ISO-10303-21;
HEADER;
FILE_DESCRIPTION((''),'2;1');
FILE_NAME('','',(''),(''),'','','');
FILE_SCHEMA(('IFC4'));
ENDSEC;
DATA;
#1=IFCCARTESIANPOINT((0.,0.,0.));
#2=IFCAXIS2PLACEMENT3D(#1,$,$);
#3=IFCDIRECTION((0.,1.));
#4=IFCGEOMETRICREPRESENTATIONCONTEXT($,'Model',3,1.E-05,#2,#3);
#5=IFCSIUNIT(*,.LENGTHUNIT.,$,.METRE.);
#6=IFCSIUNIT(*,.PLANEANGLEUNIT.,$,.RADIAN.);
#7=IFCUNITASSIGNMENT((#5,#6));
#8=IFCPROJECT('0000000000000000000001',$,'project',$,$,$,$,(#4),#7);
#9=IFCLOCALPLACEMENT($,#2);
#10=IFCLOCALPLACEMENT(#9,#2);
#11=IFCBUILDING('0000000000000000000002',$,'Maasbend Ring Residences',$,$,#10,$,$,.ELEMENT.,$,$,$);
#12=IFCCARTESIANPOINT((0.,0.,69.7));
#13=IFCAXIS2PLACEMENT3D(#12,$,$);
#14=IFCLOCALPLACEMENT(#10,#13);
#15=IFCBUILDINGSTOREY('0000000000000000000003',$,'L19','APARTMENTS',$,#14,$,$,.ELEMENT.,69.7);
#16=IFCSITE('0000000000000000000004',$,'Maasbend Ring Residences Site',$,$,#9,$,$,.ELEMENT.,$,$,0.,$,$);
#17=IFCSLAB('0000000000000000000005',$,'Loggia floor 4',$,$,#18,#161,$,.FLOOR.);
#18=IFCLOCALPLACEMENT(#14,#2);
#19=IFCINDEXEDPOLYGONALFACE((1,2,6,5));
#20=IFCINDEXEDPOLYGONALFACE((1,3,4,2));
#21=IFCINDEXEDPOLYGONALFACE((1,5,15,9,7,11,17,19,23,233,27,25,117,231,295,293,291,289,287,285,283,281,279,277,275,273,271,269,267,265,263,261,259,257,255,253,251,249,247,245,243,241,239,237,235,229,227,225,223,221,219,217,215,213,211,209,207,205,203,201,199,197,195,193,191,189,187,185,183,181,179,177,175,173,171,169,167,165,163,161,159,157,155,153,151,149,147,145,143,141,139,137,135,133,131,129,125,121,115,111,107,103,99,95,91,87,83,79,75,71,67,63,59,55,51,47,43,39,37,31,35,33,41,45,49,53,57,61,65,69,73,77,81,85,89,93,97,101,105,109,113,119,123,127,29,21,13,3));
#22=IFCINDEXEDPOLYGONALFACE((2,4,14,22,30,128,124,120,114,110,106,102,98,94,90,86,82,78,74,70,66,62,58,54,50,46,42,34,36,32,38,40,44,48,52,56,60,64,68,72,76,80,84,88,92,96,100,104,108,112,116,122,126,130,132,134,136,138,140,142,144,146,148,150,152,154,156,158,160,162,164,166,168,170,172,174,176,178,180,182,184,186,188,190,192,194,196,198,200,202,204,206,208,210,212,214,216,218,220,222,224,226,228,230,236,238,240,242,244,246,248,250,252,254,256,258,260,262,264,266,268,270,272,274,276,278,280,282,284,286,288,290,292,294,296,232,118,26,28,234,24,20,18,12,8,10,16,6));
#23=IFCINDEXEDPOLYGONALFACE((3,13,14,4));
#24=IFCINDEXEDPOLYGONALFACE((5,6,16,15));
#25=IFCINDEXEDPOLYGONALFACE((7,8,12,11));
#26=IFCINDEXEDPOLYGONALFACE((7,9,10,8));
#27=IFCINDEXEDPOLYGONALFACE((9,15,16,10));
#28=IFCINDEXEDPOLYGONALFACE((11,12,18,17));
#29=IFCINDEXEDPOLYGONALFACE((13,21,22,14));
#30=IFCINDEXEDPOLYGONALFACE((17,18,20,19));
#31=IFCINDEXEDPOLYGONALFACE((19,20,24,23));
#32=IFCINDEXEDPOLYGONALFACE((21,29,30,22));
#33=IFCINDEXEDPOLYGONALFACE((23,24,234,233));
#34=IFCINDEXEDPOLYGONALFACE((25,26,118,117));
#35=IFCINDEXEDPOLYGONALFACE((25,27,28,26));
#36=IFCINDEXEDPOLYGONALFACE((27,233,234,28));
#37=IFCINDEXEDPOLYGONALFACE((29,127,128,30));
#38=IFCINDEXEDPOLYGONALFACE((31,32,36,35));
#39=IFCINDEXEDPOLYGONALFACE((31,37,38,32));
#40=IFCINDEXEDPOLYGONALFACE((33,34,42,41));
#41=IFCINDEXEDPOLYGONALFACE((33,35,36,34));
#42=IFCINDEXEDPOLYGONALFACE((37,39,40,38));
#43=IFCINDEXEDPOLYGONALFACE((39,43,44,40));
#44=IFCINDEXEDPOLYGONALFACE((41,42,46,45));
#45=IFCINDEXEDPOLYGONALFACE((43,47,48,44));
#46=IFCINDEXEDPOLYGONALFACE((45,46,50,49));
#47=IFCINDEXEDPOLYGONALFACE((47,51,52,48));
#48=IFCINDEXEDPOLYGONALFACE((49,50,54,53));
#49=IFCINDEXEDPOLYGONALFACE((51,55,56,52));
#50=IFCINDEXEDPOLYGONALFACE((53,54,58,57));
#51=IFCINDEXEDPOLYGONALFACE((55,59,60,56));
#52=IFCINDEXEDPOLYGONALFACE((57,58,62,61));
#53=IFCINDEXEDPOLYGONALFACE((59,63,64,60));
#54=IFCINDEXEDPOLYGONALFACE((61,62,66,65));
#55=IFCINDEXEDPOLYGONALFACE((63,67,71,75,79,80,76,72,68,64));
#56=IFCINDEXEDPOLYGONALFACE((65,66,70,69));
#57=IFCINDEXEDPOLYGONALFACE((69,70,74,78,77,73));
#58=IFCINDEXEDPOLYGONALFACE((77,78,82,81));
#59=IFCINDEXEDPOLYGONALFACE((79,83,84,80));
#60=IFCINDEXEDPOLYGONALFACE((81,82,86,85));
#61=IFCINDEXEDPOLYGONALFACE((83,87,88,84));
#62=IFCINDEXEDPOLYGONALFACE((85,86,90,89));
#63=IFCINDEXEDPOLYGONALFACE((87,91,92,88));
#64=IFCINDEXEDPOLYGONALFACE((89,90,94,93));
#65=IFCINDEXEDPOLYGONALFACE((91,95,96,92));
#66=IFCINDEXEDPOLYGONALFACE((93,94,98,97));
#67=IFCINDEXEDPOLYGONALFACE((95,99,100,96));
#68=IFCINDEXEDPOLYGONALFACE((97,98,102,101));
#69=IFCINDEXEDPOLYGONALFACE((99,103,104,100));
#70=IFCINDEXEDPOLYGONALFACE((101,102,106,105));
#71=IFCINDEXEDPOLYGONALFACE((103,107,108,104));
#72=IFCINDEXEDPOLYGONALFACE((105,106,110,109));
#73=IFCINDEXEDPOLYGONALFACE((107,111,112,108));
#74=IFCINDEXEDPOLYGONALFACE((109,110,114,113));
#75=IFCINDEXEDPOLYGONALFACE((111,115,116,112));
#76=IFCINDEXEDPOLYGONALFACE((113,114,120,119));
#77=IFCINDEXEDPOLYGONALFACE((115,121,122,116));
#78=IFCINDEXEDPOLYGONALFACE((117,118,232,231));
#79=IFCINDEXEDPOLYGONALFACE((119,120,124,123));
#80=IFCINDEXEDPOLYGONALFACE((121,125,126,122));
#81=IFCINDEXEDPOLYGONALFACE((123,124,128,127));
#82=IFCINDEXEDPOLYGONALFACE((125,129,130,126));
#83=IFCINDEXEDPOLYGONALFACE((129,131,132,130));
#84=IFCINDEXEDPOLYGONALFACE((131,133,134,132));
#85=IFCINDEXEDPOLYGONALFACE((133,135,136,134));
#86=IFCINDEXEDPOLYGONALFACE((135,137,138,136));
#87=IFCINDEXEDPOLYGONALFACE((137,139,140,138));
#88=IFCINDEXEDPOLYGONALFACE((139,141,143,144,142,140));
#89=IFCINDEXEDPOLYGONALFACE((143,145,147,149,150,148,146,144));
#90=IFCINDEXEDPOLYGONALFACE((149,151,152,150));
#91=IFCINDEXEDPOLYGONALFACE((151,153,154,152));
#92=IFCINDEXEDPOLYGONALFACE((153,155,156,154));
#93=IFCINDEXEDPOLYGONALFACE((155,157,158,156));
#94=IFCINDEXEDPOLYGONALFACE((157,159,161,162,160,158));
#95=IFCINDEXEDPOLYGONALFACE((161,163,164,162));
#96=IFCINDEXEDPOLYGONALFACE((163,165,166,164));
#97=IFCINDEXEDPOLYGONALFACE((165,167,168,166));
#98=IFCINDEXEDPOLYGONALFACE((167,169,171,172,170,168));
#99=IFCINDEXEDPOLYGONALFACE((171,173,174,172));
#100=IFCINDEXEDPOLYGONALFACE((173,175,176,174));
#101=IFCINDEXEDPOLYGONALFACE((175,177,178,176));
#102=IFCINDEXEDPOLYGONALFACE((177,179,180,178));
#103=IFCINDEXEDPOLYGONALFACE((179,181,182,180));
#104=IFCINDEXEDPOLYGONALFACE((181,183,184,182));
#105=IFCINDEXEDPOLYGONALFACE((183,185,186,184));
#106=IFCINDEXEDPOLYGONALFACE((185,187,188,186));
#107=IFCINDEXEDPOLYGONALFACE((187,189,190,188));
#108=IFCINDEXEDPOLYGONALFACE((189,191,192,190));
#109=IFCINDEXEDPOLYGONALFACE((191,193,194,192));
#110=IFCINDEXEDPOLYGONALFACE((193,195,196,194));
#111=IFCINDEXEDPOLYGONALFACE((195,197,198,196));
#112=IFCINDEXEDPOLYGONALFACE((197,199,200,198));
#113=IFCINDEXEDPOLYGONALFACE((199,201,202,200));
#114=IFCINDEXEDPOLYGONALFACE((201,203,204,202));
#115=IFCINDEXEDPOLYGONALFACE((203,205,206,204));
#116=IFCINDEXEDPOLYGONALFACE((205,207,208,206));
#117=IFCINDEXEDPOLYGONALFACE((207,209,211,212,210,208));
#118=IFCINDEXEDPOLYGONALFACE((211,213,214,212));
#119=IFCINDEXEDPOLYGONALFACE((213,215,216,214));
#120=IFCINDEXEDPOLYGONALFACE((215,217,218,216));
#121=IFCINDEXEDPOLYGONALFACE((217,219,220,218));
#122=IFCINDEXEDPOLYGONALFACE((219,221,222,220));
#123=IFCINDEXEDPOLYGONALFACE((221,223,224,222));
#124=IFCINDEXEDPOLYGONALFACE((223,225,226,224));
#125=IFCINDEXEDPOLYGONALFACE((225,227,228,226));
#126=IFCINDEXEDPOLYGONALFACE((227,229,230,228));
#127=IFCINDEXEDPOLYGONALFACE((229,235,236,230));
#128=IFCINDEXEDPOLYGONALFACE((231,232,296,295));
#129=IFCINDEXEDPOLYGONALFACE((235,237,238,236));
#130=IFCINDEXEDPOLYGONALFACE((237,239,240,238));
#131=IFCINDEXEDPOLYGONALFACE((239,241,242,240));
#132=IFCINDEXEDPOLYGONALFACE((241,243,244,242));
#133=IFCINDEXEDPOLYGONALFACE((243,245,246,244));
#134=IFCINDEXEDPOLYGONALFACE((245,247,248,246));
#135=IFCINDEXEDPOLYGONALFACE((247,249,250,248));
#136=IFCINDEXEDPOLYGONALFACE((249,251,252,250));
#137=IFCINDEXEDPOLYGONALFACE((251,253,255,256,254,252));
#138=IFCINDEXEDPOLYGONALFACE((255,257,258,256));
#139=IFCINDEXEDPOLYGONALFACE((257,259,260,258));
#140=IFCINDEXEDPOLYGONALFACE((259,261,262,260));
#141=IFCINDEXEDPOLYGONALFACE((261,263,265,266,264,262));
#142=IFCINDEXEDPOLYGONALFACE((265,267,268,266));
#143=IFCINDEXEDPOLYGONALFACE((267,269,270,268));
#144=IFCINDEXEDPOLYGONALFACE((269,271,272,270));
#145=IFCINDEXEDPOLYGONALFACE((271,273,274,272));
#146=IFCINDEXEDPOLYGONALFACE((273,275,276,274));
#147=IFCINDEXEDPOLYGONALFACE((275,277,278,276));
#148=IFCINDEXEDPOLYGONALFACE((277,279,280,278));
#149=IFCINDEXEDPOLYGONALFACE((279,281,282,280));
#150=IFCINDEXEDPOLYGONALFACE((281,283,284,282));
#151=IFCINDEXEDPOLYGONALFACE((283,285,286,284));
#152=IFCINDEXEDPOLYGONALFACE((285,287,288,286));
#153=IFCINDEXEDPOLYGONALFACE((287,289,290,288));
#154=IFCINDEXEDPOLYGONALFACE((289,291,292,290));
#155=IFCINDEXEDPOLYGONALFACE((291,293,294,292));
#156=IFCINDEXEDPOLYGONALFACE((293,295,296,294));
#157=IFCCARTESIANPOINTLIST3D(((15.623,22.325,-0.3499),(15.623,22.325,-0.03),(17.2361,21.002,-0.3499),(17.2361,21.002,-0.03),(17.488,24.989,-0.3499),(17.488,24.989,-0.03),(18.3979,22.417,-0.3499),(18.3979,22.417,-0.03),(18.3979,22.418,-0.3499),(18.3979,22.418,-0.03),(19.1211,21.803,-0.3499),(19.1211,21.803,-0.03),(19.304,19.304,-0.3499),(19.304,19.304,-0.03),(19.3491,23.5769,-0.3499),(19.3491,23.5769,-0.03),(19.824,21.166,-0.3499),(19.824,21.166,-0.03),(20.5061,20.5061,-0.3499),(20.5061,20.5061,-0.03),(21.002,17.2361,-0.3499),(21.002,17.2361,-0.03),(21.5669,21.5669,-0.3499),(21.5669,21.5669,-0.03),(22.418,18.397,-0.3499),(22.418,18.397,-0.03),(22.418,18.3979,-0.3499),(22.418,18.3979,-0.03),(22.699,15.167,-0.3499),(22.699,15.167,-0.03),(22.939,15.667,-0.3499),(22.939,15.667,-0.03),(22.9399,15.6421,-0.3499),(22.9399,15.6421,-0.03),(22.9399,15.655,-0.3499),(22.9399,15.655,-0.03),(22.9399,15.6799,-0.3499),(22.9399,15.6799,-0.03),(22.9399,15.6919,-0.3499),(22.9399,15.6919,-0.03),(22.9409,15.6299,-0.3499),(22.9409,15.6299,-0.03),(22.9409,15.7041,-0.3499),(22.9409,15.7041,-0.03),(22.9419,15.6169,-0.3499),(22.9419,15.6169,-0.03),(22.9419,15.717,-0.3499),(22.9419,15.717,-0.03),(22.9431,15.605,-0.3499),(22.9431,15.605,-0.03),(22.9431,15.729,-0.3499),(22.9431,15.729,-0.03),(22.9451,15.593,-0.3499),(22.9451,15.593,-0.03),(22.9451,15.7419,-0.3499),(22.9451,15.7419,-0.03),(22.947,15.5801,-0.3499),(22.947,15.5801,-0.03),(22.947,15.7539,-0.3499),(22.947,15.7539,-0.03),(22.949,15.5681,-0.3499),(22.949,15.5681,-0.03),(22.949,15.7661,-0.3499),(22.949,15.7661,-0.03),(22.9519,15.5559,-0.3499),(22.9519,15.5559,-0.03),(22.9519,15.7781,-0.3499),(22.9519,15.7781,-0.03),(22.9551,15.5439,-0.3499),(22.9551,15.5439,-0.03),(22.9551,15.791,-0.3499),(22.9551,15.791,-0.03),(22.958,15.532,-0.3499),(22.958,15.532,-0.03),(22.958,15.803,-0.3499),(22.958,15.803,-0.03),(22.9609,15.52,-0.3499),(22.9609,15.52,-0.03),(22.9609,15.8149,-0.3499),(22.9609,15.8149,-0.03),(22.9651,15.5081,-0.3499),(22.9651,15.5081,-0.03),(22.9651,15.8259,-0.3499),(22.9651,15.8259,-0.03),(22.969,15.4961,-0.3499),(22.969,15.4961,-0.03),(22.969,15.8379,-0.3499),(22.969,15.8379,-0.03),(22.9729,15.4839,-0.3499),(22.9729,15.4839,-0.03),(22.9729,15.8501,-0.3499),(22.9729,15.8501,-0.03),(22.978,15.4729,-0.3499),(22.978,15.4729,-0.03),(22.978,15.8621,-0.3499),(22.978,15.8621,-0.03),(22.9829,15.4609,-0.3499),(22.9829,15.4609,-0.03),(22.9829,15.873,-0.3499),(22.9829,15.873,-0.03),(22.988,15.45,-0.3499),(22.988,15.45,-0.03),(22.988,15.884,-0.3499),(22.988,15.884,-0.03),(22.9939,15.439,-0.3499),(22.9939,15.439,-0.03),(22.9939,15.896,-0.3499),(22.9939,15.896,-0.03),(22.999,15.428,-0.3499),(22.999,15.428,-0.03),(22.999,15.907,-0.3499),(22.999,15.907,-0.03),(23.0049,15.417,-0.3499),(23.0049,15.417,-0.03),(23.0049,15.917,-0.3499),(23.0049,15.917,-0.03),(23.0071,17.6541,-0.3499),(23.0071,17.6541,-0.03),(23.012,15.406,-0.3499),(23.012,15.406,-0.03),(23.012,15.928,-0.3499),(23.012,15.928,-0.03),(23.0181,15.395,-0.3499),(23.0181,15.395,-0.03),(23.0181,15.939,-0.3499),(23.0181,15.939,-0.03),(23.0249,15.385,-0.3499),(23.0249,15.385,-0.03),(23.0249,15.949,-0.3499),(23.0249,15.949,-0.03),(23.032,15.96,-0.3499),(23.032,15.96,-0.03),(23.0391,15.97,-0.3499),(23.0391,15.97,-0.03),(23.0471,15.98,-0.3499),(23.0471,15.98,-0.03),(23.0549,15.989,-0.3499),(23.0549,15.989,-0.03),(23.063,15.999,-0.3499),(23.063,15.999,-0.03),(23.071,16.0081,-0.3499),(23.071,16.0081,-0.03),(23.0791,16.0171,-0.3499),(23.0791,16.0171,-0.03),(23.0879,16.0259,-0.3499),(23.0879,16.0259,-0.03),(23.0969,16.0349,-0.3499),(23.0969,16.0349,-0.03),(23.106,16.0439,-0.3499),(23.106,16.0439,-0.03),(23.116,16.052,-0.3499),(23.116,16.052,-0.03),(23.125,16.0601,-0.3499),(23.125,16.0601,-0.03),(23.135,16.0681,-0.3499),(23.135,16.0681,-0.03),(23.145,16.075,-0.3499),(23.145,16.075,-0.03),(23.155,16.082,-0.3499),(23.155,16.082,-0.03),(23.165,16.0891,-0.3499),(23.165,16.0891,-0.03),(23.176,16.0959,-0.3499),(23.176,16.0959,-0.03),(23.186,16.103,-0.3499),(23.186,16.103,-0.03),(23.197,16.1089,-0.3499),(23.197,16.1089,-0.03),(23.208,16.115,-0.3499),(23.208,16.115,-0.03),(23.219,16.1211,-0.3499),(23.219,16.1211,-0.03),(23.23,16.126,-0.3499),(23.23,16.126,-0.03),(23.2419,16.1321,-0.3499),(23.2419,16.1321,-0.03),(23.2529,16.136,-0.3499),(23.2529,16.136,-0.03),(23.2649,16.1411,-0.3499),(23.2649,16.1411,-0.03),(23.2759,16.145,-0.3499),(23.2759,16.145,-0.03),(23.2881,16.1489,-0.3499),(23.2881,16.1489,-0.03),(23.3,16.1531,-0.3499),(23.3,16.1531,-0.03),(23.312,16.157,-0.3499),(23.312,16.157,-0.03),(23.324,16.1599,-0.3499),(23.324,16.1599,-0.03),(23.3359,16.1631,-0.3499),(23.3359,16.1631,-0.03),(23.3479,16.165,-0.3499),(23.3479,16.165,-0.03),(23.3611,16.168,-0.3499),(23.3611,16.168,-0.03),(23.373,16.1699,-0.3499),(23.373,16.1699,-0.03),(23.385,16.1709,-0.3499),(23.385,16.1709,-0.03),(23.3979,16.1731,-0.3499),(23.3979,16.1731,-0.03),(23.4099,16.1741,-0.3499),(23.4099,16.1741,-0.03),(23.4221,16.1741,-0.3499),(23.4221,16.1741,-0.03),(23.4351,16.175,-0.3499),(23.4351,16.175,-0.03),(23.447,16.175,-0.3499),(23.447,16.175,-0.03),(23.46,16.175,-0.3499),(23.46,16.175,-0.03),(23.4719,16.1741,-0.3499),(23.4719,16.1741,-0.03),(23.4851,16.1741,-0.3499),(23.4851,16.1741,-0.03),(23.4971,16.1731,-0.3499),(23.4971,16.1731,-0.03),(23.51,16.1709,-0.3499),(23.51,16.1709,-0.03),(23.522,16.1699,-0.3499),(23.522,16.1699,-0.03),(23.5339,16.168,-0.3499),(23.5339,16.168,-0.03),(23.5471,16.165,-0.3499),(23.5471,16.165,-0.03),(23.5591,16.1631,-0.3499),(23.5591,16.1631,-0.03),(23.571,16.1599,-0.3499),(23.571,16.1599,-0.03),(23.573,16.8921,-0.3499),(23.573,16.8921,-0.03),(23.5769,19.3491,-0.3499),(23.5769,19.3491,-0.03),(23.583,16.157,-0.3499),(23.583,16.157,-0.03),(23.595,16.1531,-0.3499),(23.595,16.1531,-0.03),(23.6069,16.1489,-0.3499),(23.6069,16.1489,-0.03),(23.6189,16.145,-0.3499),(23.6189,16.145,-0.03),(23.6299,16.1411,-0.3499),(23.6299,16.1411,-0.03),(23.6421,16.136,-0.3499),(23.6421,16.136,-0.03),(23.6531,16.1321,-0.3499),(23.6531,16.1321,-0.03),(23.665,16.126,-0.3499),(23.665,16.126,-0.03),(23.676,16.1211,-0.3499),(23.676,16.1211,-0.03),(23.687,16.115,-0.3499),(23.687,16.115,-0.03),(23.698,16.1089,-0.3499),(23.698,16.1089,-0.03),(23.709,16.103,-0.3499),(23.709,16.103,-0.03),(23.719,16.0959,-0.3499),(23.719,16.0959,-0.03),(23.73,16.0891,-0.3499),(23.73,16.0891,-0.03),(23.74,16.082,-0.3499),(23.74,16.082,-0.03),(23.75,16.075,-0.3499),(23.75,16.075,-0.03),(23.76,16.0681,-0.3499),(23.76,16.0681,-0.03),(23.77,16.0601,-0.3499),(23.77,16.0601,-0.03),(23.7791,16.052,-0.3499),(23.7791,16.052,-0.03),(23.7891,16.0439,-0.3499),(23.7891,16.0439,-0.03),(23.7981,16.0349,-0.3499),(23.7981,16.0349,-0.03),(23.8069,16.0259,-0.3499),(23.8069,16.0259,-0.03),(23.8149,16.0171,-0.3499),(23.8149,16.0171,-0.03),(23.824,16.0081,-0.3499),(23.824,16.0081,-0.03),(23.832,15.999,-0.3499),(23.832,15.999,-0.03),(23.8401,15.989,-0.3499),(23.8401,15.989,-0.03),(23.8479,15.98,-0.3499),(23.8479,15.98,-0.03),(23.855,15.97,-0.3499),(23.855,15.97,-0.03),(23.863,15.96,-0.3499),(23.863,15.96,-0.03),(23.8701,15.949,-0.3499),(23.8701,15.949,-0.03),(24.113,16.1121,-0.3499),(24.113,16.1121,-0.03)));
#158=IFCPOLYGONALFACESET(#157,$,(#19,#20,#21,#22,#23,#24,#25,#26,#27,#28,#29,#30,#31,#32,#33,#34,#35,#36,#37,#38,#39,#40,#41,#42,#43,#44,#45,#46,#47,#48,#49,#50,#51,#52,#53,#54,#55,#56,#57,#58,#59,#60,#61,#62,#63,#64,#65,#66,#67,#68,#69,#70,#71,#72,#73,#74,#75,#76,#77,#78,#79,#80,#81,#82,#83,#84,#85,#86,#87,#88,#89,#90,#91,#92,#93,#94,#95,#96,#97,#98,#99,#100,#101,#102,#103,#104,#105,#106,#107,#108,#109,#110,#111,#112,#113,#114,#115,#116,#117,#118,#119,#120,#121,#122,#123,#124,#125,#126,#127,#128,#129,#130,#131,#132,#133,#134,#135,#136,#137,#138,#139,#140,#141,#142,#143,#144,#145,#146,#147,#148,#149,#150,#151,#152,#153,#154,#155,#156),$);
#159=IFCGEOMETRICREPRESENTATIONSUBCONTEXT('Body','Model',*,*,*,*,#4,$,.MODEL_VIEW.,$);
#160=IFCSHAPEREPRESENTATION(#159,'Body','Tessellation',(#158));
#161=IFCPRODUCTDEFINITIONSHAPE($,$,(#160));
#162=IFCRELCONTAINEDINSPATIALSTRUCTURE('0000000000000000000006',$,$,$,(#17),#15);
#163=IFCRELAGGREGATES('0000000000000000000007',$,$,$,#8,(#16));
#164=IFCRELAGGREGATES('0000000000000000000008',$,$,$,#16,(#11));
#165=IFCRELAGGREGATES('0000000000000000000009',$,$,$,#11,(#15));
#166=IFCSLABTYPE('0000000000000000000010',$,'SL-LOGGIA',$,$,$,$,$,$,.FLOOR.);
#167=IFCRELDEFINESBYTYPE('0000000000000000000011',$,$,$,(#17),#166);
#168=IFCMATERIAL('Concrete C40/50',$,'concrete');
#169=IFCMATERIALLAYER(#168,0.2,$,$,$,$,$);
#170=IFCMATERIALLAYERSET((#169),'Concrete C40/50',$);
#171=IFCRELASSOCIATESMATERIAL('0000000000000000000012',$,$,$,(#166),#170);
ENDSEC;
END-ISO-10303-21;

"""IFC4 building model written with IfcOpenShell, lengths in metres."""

from ifc_helpers import new_model, si_unit, direction, frame, origin, place, context, subcontext, project, spatial, polyline, outline, extrude, material, layer, layer_set, type_object, element, save


model = new_model("IFC4")

# Units and contexts
model_context = context("Model", 3, precision=1e-05, world=origin(), true_north=direction((0.0, 1.0)))
body_context = subcontext(model_context, "Body", "Model", "MODEL_VIEW")
ifc_project = project(units=[si_unit("LENGTHUNIT", "METRE"), si_unit("PLANEANGLEUNIT", "RADIAN")], contexts=[model_context])

# Site, building, storey
site_placement = place(None, origin())
site = spatial("IfcSite", under=ifc_project, at=site_placement, Name="Maasbend Ring Residences Site", CompositionType="ELEMENT", RefElevation=0.0)
building_placement = place(site_placement, origin())
building = spatial("IfcBuilding", under=site, at=building_placement, Name="Maasbend Ring Residences", CompositionType="ELEMENT")
storey_placement = place(building_placement, frame((0.0, 0.0, 69.7)))
storey = spatial("IfcBuildingStorey", under=building, at=storey_placement, Name="L19", Description="APARTMENTS", CompositionType="ELEMENT", Elevation=69.7)

# Slab
ifc_material_1 = material(Name="Concrete C40/50", Category="concrete")
ifc_layer_1 = layer(ifc_material_1, 0.2)
ifc_layer_set_1 = layer_set([ifc_layer_1], Name="Concrete C40/50")
slab_type_1 = type_object("IfcSlabType", Name="SL-LOGGIA", PredefinedType="FLOOR", material=ifc_layer_set_1)
slab_1_placement = place(storey_placement, frame((0.0, 0.0, -0.3499)))
element("IfcSlab", 1, at=slab_1_placement, inside=storey, type_object=slab_type_1, Name="Loggia floor 4", PredefinedType="FLOOR", context=body_context, shape_type="SweptSolid", body=[
    extrude(outline(polyline([(19.3491, 23.5769), (19.3491, 23.5769), (19.3491, 23.5769), (18.3979, 22.418), (18.3979, 22.418), (18.3979, 22.418), (18.3979, 22.418), (18.3979, 22.418), (18.3979, 22.417), (18.3979, 22.417), (18.3979, 22.417), (18.3979, 22.417), (18.3979, 22.417), (18.3979, 22.417), (18.3979, 22.417), (18.3979, 22.417), (18.3979, 22.417), (18.3979, 22.417), (18.3979, 22.417), (18.3979, 22.417), (19.1211, 21.803), (19.1211, 21.803), (19.824, 21.166), (19.824, 21.166), (20.5061, 20.5061), (20.5061, 20.5061), (20.5061, 20.5061), (20.5061, 20.5061), (20.5061, 20.5061), (20.5061, 20.5061), (20.5061, 20.5061), (20.5061, 20.5061), (20.5061, 20.5061), (20.5061, 20.5061), (20.5061, 20.5061), (20.5061, 20.5061), (20.5061, 20.5061), (20.5061, 20.5061), (20.5061, 20.5061), (20.5061, 20.5061), (20.5061, 20.5061), (21.5669, 21.5669), (21.5669, 21.5669), (21.5669, 21.5669), (23.5769, 19.3491), (23.5769, 19.3491), (23.5769, 19.3491), (22.418, 18.3979), (22.418, 18.3979), (22.418, 18.3979), (22.418, 18.3979), (22.418, 18.3979), (22.418, 18.3979), (22.418, 18.397), (22.418, 18.397), (22.418, 18.397), (22.418, 18.397), (22.418, 18.397), (22.418, 18.397), (22.418, 18.397), (22.418, 18.397), (22.418, 18.397), (22.418, 18.397), (22.418, 18.397), (23.0071, 17.6541), (23.0071, 17.6541), (23.573, 16.8921), (23.573, 16.8921), (24.113, 16.1121), (24.113, 16.1121), (24.113, 16.1121), (23.8701, 15.949), (23.8701, 15.949), (23.863, 15.96), (23.855, 15.97), (23.8479, 15.98), (23.8401, 15.989), (23.832, 15.999), (23.824, 16.0081), (23.8149, 16.0171), (23.8069, 16.0259), (23.7981, 16.0349), (23.7891, 16.0439), (23.7791, 16.052), (23.77, 16.0601), (23.76, 16.0681), (23.75, 16.075), (23.74, 16.082), (23.73, 16.0891), (23.719, 16.0959), (23.709, 16.103), (23.698, 16.1089), (23.687, 16.115), (23.676, 16.1211), (23.665, 16.126), (23.6531, 16.1321), (23.6421, 16.136), (23.6299, 16.1411), (23.6189, 16.145), (23.6069, 16.1489), (23.595, 16.1531), (23.583, 16.157), (23.571, 16.1599), (23.5591, 16.1631), (23.5471, 16.165), (23.5339, 16.168), (23.522, 16.1699), (23.51, 16.1709), (23.4971, 16.1731), (23.4851, 16.1741), (23.4719, 16.1741), (23.46, 16.175), (23.447, 16.175), (23.4351, 16.175), (23.4221, 16.1741), (23.4099, 16.1741), (23.3979, 16.1731), (23.385, 16.1709), (23.373, 16.1699), (23.3611, 16.168), (23.3479, 16.165), (23.3359, 16.1631), (23.324, 16.1599), (23.312, 16.157), (23.3, 16.1531), (23.2881, 16.1489), (23.2759, 16.145), (23.2649, 16.1411), (23.2529, 16.136), (23.2419, 16.1321), (23.23, 16.126), (23.219, 16.1211), (23.208, 16.115), (23.197, 16.1089), (23.186, 16.103), (23.176, 16.0959), (23.165, 16.0891), (23.155, 16.082), (23.145, 16.075), (23.135, 16.0681), (23.125, 16.0601), (23.116, 16.052), (23.106, 16.0439), (23.0969, 16.0349), (23.0879, 16.0259), (23.0791, 16.0171), (23.071, 16.0081), (23.063, 15.999), (23.0549, 15.989), (23.0471, 15.98), (23.0391, 15.97), (23.032, 15.96), (23.0249, 15.949), (23.0181, 15.939), (23.012, 15.928), (23.0049, 15.917), (22.999, 15.907), (22.9939, 15.896), (22.988, 15.884), (22.9829, 15.873), (22.978, 15.8621), (22.9729, 15.8501), (22.969, 15.8379), (22.9651, 15.8259), (22.9609, 15.8149), (22.958, 15.803), (22.9551, 15.791), (22.9519, 15.7781), (22.949, 15.7661), (22.947, 15.7539), (22.9451, 15.7419), (22.9431, 15.729), (22.9419, 15.717), (22.9409, 15.7041), (22.9399, 15.6919), (22.9399, 15.6799), (22.939, 15.667), (22.9399, 15.655), (22.9399, 15.6421), (22.9409, 15.6299), (22.9419, 15.6169), (22.9431, 15.605), (22.9451, 15.593), (22.947, 15.5801), (22.949, 15.5681), (22.9519, 15.5559), (22.9551, 15.5439), (22.958, 15.532), (22.9609, 15.52), (22.9651, 15.5081), (22.969, 15.4961), (22.9729, 15.4839), (22.978, 15.4729), (22.9829, 15.4609), (22.988, 15.45), (22.9939, 15.439), (22.999, 15.428), (23.0049, 15.417), (23.012, 15.406), (23.0181, 15.395), (23.0249, 15.385), (23.0249, 15.385), (22.699, 15.167), (22.699, 15.167), (22.699, 15.167), (21.002, 17.2361), (19.304, 19.304), (19.304, 19.304), (19.304, 19.304), (17.2361, 21.002), (15.623, 22.325), (15.623, 22.325), (15.623, 22.325), (17.488, 24.989), (17.488, 24.989), (17.488, 24.989), (19.3491, 23.5769)])), origin(), (0.0, 0.0, 1.0), 0.3198),
])

save(model, "model.ifc")
